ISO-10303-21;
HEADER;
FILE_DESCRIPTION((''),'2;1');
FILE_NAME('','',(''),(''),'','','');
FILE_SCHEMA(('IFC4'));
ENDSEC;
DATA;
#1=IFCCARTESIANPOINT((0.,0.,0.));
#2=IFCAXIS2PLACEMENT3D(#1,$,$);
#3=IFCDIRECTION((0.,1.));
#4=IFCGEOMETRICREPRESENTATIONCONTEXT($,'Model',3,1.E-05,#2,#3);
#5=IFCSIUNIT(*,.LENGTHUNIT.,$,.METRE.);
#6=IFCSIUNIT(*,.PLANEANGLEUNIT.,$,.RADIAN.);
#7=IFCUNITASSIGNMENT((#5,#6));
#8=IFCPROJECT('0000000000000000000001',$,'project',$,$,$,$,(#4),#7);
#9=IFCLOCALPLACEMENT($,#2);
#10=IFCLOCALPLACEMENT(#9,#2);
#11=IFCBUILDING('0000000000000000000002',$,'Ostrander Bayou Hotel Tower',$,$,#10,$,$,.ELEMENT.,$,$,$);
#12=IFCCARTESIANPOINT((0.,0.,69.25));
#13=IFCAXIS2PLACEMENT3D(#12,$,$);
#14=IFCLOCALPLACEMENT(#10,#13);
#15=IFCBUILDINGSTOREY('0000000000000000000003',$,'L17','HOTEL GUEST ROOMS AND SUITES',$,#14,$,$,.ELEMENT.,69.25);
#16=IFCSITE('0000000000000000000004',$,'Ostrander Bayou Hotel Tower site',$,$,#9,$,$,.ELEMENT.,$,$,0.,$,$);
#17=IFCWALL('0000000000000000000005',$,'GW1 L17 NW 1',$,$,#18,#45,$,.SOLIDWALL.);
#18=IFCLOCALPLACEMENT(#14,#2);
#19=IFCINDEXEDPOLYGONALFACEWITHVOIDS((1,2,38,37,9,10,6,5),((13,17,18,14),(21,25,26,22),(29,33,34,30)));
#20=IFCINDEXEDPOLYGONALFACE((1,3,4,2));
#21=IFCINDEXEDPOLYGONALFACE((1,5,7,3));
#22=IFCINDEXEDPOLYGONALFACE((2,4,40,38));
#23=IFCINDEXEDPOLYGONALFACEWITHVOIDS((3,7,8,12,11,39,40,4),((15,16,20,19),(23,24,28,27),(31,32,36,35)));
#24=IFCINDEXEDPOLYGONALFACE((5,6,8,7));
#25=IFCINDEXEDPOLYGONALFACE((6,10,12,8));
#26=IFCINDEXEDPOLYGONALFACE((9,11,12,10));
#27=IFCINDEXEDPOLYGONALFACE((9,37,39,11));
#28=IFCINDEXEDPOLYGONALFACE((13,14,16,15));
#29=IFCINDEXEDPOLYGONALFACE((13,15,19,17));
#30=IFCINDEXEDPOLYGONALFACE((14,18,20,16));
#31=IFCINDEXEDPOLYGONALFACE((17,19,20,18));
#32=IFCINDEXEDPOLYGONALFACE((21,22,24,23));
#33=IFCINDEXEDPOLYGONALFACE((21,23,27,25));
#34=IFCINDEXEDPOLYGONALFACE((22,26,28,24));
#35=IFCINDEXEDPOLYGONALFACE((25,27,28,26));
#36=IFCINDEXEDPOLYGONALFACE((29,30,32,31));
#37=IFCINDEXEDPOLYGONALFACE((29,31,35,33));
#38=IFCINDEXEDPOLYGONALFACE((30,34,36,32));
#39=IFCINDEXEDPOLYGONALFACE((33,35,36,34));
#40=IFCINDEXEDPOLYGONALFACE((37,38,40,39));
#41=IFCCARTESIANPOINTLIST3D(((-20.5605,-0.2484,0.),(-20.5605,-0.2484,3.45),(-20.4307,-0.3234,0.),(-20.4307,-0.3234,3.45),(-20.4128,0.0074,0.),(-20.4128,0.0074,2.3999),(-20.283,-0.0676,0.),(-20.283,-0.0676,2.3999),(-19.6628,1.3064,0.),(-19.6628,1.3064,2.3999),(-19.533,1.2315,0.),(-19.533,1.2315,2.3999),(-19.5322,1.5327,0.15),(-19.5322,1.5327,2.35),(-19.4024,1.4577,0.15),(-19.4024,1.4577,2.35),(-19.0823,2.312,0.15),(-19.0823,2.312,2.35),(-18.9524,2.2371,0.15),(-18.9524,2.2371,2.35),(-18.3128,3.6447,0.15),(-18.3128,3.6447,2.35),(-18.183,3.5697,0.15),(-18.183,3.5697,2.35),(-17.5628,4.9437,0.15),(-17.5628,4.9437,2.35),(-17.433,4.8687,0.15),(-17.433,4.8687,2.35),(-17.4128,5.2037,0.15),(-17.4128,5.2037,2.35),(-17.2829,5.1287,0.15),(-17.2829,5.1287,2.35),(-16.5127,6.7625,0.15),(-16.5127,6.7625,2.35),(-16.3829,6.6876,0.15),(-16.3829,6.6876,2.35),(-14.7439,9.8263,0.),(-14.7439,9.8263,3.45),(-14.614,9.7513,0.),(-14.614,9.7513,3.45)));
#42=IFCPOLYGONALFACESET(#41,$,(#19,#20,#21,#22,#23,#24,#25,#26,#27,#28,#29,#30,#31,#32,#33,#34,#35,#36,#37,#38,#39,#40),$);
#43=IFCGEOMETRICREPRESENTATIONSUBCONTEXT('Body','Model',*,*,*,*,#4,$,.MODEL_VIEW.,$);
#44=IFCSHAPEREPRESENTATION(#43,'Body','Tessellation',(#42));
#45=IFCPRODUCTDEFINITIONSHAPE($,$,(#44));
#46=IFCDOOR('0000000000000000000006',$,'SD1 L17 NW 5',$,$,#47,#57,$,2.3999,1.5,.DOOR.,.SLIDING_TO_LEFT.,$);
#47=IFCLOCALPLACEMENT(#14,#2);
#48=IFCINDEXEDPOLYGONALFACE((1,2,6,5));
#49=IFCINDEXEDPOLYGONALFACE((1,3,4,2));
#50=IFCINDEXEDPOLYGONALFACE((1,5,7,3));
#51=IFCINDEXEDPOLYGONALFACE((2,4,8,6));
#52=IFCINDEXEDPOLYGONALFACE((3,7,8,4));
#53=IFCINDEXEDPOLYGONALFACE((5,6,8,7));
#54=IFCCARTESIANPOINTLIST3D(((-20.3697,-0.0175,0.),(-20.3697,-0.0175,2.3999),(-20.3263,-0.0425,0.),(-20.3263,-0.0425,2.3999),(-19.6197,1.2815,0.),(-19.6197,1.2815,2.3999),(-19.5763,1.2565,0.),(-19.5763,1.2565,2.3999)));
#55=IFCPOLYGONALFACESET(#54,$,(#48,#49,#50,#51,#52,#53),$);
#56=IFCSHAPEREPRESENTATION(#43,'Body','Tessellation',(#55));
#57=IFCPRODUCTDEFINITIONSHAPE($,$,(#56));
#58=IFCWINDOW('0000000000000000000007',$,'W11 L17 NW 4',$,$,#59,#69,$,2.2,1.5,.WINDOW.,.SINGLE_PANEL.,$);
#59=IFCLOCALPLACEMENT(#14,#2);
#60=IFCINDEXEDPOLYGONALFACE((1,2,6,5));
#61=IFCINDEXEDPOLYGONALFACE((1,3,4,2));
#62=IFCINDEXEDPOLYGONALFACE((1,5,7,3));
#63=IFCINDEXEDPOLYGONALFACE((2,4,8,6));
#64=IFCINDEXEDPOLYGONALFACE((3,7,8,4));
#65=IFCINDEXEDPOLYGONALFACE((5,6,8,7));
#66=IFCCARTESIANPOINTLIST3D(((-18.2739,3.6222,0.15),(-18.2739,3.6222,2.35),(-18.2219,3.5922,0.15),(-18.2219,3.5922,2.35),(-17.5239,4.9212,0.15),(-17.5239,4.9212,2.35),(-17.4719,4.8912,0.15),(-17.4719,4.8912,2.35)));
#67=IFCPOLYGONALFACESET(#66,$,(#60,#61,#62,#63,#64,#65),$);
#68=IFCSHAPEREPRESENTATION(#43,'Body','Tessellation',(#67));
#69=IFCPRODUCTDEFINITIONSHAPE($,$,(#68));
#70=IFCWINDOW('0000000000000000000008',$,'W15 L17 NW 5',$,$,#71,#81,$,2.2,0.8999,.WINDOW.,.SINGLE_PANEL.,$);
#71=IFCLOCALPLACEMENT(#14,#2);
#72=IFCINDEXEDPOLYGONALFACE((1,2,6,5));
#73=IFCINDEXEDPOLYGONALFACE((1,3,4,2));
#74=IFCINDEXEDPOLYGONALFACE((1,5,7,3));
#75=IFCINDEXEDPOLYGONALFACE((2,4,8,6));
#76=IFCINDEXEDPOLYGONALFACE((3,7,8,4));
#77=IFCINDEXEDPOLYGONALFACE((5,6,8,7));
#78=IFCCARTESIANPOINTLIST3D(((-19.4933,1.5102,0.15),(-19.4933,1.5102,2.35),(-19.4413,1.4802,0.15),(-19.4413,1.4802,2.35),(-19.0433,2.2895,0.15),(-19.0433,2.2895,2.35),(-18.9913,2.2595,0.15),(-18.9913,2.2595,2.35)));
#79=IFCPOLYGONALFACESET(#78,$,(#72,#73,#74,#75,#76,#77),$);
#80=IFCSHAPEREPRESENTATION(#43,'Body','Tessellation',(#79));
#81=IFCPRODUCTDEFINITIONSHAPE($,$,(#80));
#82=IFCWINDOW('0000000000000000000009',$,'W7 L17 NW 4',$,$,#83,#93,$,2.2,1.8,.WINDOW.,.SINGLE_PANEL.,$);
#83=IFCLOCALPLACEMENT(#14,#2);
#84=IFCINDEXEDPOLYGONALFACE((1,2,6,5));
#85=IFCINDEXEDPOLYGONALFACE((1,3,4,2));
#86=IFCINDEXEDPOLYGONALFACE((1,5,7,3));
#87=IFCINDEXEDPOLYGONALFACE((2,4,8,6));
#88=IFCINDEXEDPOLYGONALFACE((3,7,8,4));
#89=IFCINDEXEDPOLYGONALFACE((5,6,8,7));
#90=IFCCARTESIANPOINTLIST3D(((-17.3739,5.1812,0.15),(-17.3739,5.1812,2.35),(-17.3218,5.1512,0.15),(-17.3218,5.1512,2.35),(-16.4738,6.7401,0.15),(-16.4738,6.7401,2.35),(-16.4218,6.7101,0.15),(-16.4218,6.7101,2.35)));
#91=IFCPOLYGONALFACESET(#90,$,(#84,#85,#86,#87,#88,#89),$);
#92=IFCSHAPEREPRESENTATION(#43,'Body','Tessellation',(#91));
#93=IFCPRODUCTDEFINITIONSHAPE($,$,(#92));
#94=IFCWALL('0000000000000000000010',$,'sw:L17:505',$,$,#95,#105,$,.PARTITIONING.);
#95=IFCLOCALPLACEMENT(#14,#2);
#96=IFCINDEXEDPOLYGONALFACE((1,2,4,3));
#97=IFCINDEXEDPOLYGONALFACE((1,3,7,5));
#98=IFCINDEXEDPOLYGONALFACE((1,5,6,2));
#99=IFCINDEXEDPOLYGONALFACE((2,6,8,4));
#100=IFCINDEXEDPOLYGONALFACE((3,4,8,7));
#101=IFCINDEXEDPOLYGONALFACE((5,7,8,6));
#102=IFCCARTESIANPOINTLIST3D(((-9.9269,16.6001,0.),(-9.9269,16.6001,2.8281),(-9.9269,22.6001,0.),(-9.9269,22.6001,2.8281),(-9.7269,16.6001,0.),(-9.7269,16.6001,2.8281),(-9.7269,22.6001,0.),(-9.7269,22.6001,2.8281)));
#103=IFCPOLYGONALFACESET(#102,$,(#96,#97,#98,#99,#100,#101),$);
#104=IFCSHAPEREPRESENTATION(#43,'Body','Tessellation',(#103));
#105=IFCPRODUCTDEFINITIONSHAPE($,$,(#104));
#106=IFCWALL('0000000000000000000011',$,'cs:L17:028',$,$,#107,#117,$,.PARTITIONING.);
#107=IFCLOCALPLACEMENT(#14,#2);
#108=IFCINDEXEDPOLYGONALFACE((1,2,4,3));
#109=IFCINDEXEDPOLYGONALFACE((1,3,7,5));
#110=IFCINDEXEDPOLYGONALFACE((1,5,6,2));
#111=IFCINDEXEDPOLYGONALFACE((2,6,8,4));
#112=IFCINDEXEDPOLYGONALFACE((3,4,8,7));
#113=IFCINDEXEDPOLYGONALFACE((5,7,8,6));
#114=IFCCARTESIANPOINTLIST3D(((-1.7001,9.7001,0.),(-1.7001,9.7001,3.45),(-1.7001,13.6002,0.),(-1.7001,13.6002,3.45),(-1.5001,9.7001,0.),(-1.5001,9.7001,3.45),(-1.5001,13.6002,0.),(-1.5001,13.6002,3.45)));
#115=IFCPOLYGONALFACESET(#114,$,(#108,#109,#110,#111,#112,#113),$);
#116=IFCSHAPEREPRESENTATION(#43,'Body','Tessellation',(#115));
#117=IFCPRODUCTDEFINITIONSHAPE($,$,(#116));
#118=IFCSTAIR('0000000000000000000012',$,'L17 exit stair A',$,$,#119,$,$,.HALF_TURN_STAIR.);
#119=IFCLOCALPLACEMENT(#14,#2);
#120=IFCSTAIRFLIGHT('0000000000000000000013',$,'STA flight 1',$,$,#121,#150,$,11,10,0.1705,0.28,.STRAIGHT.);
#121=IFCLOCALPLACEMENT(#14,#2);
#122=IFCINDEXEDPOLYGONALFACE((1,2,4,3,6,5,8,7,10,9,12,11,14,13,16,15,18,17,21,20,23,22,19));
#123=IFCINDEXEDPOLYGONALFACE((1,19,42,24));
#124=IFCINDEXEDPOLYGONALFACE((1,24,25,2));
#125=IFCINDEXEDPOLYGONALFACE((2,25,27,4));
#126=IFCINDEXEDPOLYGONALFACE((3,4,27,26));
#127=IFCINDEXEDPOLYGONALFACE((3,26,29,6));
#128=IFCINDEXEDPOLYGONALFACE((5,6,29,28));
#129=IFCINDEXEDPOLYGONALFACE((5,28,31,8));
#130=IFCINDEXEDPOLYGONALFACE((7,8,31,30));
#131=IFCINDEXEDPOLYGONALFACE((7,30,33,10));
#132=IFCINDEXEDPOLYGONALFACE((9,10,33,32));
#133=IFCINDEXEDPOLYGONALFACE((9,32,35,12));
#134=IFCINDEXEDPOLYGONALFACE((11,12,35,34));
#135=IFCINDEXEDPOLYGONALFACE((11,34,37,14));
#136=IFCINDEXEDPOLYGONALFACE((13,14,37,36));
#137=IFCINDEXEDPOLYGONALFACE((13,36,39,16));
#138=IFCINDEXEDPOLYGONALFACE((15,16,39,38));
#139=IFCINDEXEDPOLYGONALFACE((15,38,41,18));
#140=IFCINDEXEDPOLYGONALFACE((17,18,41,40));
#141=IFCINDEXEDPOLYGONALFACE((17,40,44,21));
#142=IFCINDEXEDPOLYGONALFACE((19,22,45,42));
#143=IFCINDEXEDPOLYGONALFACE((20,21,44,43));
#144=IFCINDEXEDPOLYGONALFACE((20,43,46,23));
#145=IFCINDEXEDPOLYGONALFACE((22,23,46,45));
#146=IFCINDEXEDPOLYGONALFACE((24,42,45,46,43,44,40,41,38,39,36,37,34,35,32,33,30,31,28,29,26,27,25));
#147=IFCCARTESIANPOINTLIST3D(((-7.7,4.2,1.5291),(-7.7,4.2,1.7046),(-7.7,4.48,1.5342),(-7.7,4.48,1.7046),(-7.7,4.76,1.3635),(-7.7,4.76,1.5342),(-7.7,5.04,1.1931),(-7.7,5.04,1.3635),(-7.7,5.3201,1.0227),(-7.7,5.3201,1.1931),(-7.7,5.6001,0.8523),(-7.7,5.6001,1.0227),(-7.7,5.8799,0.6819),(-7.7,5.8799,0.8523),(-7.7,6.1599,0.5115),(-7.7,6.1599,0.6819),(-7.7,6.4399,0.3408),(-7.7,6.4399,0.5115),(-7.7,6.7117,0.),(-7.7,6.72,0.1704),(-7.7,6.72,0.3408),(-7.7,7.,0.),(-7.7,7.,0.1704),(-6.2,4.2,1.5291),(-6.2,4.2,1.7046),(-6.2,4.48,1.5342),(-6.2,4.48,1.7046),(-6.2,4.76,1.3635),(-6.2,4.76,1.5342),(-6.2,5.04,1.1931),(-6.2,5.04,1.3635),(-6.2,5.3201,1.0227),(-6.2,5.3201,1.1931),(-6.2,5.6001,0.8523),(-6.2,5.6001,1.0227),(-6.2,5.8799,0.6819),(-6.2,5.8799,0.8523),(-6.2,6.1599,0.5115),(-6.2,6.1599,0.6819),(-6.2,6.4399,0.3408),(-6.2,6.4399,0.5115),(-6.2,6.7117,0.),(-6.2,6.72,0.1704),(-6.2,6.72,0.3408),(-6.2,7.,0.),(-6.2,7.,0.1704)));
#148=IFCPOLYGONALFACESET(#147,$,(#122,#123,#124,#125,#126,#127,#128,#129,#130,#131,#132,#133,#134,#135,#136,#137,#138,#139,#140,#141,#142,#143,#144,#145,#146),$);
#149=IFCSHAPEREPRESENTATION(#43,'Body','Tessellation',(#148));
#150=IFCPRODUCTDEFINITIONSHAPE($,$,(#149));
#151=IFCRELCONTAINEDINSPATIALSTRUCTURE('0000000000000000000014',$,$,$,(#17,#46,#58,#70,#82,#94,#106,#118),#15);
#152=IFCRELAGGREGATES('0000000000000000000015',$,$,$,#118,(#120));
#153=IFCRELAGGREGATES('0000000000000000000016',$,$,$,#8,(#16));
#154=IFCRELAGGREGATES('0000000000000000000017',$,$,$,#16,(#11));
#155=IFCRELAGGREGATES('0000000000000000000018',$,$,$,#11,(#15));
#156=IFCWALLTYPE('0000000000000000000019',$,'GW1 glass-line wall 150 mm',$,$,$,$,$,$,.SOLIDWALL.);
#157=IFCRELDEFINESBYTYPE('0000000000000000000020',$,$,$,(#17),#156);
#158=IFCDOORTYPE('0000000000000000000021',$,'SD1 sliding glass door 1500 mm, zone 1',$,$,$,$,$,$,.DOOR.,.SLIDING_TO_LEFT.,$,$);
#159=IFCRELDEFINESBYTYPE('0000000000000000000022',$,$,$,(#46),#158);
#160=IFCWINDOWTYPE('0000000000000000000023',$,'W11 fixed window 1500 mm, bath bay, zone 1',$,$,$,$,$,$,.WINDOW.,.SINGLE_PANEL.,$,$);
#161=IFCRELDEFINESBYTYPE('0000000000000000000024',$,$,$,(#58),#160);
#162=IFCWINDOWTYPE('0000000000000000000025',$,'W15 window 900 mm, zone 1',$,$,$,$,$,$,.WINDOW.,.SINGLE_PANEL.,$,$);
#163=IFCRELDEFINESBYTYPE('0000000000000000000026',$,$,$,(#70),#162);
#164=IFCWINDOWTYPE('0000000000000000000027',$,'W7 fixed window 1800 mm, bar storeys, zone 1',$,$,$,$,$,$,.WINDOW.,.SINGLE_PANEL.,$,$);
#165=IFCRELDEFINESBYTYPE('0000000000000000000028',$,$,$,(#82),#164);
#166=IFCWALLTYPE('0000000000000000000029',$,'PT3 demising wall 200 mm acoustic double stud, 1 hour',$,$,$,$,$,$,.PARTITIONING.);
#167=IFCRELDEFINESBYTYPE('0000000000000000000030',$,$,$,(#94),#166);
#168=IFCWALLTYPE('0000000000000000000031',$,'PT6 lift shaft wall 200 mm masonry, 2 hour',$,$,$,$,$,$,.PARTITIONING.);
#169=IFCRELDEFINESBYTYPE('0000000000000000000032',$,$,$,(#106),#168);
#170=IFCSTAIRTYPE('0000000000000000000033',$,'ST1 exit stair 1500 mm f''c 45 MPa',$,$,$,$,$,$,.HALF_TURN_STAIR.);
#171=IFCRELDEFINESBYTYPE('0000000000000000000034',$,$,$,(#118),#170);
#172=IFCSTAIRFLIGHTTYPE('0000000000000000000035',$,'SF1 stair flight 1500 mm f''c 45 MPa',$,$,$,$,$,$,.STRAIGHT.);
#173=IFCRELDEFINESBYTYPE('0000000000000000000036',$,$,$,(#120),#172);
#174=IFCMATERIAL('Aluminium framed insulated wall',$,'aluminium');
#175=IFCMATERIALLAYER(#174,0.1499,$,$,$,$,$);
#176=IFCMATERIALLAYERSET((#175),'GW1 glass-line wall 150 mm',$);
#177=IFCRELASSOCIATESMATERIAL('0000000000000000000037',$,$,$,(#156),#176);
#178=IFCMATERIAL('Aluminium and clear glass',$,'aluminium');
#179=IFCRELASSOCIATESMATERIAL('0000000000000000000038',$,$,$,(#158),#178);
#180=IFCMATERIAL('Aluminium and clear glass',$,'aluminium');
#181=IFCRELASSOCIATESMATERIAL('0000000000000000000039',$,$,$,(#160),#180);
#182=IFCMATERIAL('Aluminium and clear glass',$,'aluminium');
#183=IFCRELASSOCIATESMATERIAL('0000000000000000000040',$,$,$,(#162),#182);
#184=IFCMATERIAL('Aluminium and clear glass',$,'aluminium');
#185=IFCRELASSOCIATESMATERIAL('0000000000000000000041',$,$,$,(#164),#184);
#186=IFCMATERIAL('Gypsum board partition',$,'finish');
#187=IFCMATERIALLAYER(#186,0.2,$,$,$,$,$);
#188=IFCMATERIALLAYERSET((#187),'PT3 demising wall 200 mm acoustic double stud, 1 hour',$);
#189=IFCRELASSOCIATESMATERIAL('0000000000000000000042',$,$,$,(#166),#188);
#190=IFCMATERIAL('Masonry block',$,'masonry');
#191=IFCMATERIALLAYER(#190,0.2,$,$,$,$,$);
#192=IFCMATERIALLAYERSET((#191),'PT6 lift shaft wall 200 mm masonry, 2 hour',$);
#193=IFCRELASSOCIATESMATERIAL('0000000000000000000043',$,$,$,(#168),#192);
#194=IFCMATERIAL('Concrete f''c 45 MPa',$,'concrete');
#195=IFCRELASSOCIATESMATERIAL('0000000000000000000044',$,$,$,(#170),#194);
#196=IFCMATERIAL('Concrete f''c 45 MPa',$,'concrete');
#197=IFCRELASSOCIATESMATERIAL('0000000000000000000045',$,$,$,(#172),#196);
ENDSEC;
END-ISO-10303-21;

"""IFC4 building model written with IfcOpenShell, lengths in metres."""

from ifc_helpers import new_model, si_unit, direction, frame, frame_2d, origin, place, context, subcontext, project, spatial, polyline, rectangle, outline, extrude, material, layer, layer_set, type_object, element, fill, aggregate, save


model = new_model("IFC4")

# Units and contexts
model_context = context("Model", 3, precision=1e-05, world=origin(), true_north=direction((0.0, 1.0)))
body_context = subcontext(model_context, "Body", "Model", "MODEL_VIEW")
ifc_project = project(units=[si_unit("LENGTHUNIT", "METRE"), si_unit("PLANEANGLEUNIT", "RADIAN")], contexts=[model_context])

# Site, building, storey
site_placement = place(None, origin())
site = spatial("IfcSite", under=ifc_project, at=site_placement, Name="Ostrander Bayou Hotel Tower site", CompositionType="ELEMENT", RefElevation=0.0)
building_placement = place(site_placement, origin())
building = spatial("IfcBuilding", under=site, at=building_placement, Name="Ostrander Bayou Hotel Tower", CompositionType="ELEMENT")
storey_placement = place(building_placement, frame((0.0, 0.0, 69.25)))
storey = spatial("IfcBuildingStorey", under=building, at=storey_placement, Name="L17", Description="HOTEL GUEST ROOMS AND SUITES", CompositionType="ELEMENT", Elevation=69.25)

# Wall, openings, door, windows
ifc_material_1 = material(Name="Aluminium framed insulated wall", Category="aluminium")
ifc_layer_1 = layer(ifc_material_1, 0.1499)
ifc_layer_set_1 = layer_set([ifc_layer_1], Name="GW1 glass-line wall 150 mm")
wall_type_1 = type_object("IfcWallType", Name="GW1 glass-line wall 150 mm", PredefinedType="SOLIDWALL", material=ifc_layer_set_1)
wall_1_placement = place(storey_placement, frame((-14.679, 9.7888, 0.0), z_axis=(0.0, 0.0, 1.0), x_axis=(-0.500001, -0.866025, 0.0)))
wall_1 = element("IfcWall", 1, at=wall_1_placement, inside=storey, type_object=wall_type_1, Name="GW1 L17 NW 1", PredefinedType="SOLIDWALL", context=body_context, shape_type="SweptSolid", body=[
    extrude(rectangle(XDim=11.6333, YDim=0.1499, at=frame_2d((5.8167, 0.0))), origin(), (0.0, 0.0, 1.0), 3.45),
])
opening_1_placement = place(wall_1_placement, frame((3.5378, 0.0, 0.1499)))
opening_1 = element("IfcOpeningElement", 2, at=opening_1_placement, cuts=wall_1, PredefinedType="OPENING", context=body_context, shape_type="SweptSolid", body=[
    extrude(rectangle(XDim=1.8, YDim=2.2, at=frame_2d((0.8999, 1.1001))), frame((0.0, 0.075, 0.0), z_axis=(0.0, -1.0, 0.0), x_axis=(1.0, 0.0, 0.0)), (0.0, 0.0, 1.0), 0.1499),
])
opening_2_placement = place(wall_1_placement, frame((5.6379, 0.0, 0.1499)))
opening_2 = element("IfcOpeningElement", 3, at=opening_2_placement, cuts=wall_1, PredefinedType="OPENING", context=body_context, shape_type="SweptSolid", body=[
    extrude(rectangle(XDim=1.5, YDim=2.2, at=frame_2d((0.75, 1.1001))), frame((0.0, 0.075, 0.0), z_axis=(0.0, -1.0, 0.0), x_axis=(1.0, 0.0, 0.0)), (0.0, 0.0, 1.0), 0.1499),
])
opening_3_placement = place(wall_1_placement, frame((8.6768, 0.0, 0.1499)))
opening_3 = element("IfcOpeningElement", 4, at=opening_3_placement, cuts=wall_1, PredefinedType="OPENING", context=body_context, shape_type="SweptSolid", body=[
    extrude(rectangle(XDim=0.8999, YDim=2.2, at=frame_2d((0.45, 1.1001))), frame((0.0, 0.075, 0.0), z_axis=(0.0, -1.0, 0.0), x_axis=(1.0, 0.0, 0.0)), (0.0, 0.0, 1.0), 0.1499),
])
opening_4_placement = place(wall_1_placement, frame((9.8379, 0.0, 0.0)))
opening_4 = element("IfcOpeningElement", 5, at=opening_4_placement, cuts=wall_1, PredefinedType="OPENING", context=body_context, shape_type="SweptSolid", body=[
    extrude(rectangle(XDim=1.5, YDim=2.3999, at=frame_2d((0.75, 1.2))), frame((0.0, 0.075, 0.0), z_axis=(0.0, -1.0, 0.0), x_axis=(1.0, 0.0, 0.0)), (0.0, 0.0, 1.0), 0.1499),
])
ifc_material_2 = material(Name="Aluminium and clear glass", Category="aluminium")
door_type_1 = type_object("IfcDoorType", Name="SD1 sliding glass door 1500 mm, zone 1", OperationType="SLIDING_TO_LEFT", PredefinedType="DOOR", material=ifc_material_2)
door_1_placement = place(opening_4_placement, origin())
door_1 = element("IfcDoor", 6, at=door_1_placement, inside=storey, type_object=door_type_1, Name="SD1 L17 NW 5", OperationType="SLIDING_TO_LEFT", OverallHeight=2.3999, OverallWidth=1.5, PredefinedType="DOOR", context=body_context, shape_type="SweptSolid", body=[
    extrude(rectangle(XDim=1.5, YDim=2.3999, at=frame_2d((0.75, 1.2))), frame((0.0, 0.0249, 0.0), z_axis=(0.0, -1.0, 0.0), x_axis=(1.0, 0.0, 0.0)), (0.0, 0.0, 1.0), 0.05),
])
fill(opening_4, door_1)
ifc_material_3 = material(Name="Aluminium and clear glass", Category="aluminium")
window_type_1 = type_object("IfcWindowType", Name="W11 fixed window 1500 mm, bath bay, zone 1", PartitioningType="SINGLE_PANEL", PredefinedType="WINDOW", material=ifc_material_3)
window_1_placement = place(opening_2_placement, origin())
window_1 = element("IfcWindow", 7, at=window_1_placement, inside=storey, type_object=window_type_1, Name="W11 L17 NW 4", OverallHeight=2.2, OverallWidth=1.5, PartitioningType="SINGLE_PANEL", PredefinedType="WINDOW", context=body_context, shape_type="SweptSolid", body=[
    extrude(rectangle(XDim=1.5, YDim=2.2, at=frame_2d((0.75, 1.1001))), frame((0.0, 0.03, 0.0), z_axis=(0.0, -1.0, 0.0), x_axis=(1.0, 0.0, 0.0)), (0.0, 0.0, 1.0), 0.0601),
])
fill(opening_2, window_1)
ifc_material_4 = material(Name="Aluminium and clear glass", Category="aluminium")
window_type_2 = type_object("IfcWindowType", Name="W15 window 900 mm, zone 1", PartitioningType="SINGLE_PANEL", PredefinedType="WINDOW", material=ifc_material_4)
window_2_placement = place(opening_3_placement, origin())
window_2 = element("IfcWindow", 8, at=window_2_placement, inside=storey, type_object=window_type_2, Name="W15 L17 NW 5", OverallHeight=2.2, OverallWidth=0.8999, PartitioningType="SINGLE_PANEL", PredefinedType="WINDOW", context=body_context, shape_type="SweptSolid", body=[
    extrude(rectangle(XDim=0.8999, YDim=2.2, at=frame_2d((0.45, 1.1001))), frame((0.0, 0.03, 0.0), z_axis=(0.0, -1.0, 0.0), x_axis=(1.0, 0.0, 0.0)), (0.0, 0.0, 1.0), 0.0601),
])
fill(opening_3, window_2)
ifc_material_5 = material(Name="Aluminium and clear glass", Category="aluminium")
window_type_3 = type_object("IfcWindowType", Name="W7 fixed window 1800 mm, bar storeys, zone 1", PartitioningType="SINGLE_PANEL", PredefinedType="WINDOW", material=ifc_material_5)
window_3_placement = place(opening_1_placement, origin())
window_3 = element("IfcWindow", 9, at=window_3_placement, inside=storey, type_object=window_type_3, Name="W7 L17 NW 4", OverallHeight=2.2, OverallWidth=1.8, PartitioningType="SINGLE_PANEL", PredefinedType="WINDOW", context=body_context, shape_type="SweptSolid", body=[
    extrude(rectangle(XDim=1.8, YDim=2.2, at=frame_2d((0.8999, 1.1001))), frame((0.0, 0.03, 0.0), z_axis=(0.0, -1.0, 0.0), x_axis=(1.0, 0.0, 0.0)), (0.0, 0.0, 1.0), 0.0601),
])
fill(opening_1, window_3)

# Wall
ifc_material_6 = material(Name="Gypsum board partition", Category="finish")
ifc_layer_2 = layer(ifc_material_6, 0.2)
ifc_layer_set_2 = layer_set([ifc_layer_2], Name="PT3 demising wall 200 mm acoustic double stud, 1 hour")
wall_type_2 = type_object("IfcWallType", Name="PT3 demising wall 200 mm acoustic double stud, 1 hour", PredefinedType="PARTITIONING", material=ifc_layer_set_2)
wall_2_placement = place(storey_placement, frame((-9.8269, 16.6001, 0.0), z_axis=(0.0, 0.0, 1.0), x_axis=(0.0, 1.0, 0.0)))
element("IfcWall", 10, at=wall_2_placement, inside=storey, type_object=wall_type_2, Name="sw:L17:505", PredefinedType="PARTITIONING", context=body_context, shape_type="SweptSolid", body=[
    extrude(rectangle(XDim=6.0, YDim=0.2, at=frame_2d((3.0, 0.0))), origin(), (0.0, 0.0, 1.0), 2.8281),
])

# Wall
ifc_material_7 = material(Name="Masonry block", Category="masonry")
ifc_layer_3 = layer(ifc_material_7, 0.2)
ifc_layer_set_3 = layer_set([ifc_layer_3], Name="PT6 lift shaft wall 200 mm masonry, 2 hour")
wall_type_3 = type_object("IfcWallType", Name="PT6 lift shaft wall 200 mm masonry, 2 hour", PredefinedType="PARTITIONING", material=ifc_layer_set_3)
wall_3_placement = place(storey_placement, frame((-1.6001, 9.7, 0.0), z_axis=(0.0, 0.0, 1.0), x_axis=(0.0, 1.0, 0.0)))
element("IfcWall", 11, at=wall_3_placement, inside=storey, type_object=wall_type_3, Name="cs:L17:028", PredefinedType="PARTITIONING", context=body_context, shape_type="SweptSolid", body=[
    extrude(rectangle(XDim=3.9001, YDim=0.2, at=frame_2d((1.9502, 0.0))), origin(), (0.0, 0.0, 1.0), 3.45),
])

# Stair, stair flight
ifc_material_8 = material(Name="Concrete f'c 45 MPa", Category="concrete")
stair_type = type_object("IfcStairType", Name="ST1 exit stair 1500 mm f'c 45 MPa", PredefinedType="HALF_TURN_STAIR", material=ifc_material_8)
stair_placement = place(storey_placement, origin())
stair = element("IfcStair", 12, at=stair_placement, inside=storey, type_object=stair_type, Name="L17 exit stair A", PredefinedType="HALF_TURN_STAIR")
ifc_material_9 = material(Name="Concrete f'c 45 MPa", Category="concrete")
stair_flight_type = type_object("IfcStairFlightType", Name="SF1 stair flight 1500 mm f'c 45 MPa", PredefinedType="STRAIGHT", material=ifc_material_9)
stair_flight_placement = place(storey_placement, frame((-6.95, 7.0, 0.0), z_axis=(0.0, 0.0, 1.0), x_axis=(0.0, -1.0, 0.0)))
stair_flight = element("IfcStairFlight", 13, at=stair_flight_placement, type_object=stair_flight_type, Name="STA flight 1", NumberOfRisers=11, NumberOfTreads=10, PredefinedType="STRAIGHT", RiserHeight=0.1705, TreadLength=0.28, context=body_context, shape_type="SweptSolid", body=[
    extrude(outline(polyline([(0.0, 0.0), (0.0, 0.1704), (0.28, 0.1704), (0.28, 0.3408), (0.5601, 0.3408), (0.5601, 0.5115), (0.8401, 0.5115), (0.8401, 0.6819), (1.1201, 0.6819), (1.1201, 0.8523), (1.3999, 0.8523), (1.3999, 1.0227), (1.6799, 1.0227), (1.6799, 1.1931), (1.96, 1.1931), (1.96, 1.3635), (2.24, 1.3635), (2.24, 1.5342), (2.52, 1.5342), (2.52, 1.7046), (2.8, 1.7046), (2.8, 1.875), (2.8, 1.5291), (0.2883, 0.0), (0.0, 0.0)])), frame((0.0, 0.75, 0.0), z_axis=(0.0, -1.0, 0.0), x_axis=(1.0, 0.0, 0.0)), (0.0, 0.0, 1.0), 1.5),
])
aggregate(stair, [stair_flight])

save(model, "model.ifc")
